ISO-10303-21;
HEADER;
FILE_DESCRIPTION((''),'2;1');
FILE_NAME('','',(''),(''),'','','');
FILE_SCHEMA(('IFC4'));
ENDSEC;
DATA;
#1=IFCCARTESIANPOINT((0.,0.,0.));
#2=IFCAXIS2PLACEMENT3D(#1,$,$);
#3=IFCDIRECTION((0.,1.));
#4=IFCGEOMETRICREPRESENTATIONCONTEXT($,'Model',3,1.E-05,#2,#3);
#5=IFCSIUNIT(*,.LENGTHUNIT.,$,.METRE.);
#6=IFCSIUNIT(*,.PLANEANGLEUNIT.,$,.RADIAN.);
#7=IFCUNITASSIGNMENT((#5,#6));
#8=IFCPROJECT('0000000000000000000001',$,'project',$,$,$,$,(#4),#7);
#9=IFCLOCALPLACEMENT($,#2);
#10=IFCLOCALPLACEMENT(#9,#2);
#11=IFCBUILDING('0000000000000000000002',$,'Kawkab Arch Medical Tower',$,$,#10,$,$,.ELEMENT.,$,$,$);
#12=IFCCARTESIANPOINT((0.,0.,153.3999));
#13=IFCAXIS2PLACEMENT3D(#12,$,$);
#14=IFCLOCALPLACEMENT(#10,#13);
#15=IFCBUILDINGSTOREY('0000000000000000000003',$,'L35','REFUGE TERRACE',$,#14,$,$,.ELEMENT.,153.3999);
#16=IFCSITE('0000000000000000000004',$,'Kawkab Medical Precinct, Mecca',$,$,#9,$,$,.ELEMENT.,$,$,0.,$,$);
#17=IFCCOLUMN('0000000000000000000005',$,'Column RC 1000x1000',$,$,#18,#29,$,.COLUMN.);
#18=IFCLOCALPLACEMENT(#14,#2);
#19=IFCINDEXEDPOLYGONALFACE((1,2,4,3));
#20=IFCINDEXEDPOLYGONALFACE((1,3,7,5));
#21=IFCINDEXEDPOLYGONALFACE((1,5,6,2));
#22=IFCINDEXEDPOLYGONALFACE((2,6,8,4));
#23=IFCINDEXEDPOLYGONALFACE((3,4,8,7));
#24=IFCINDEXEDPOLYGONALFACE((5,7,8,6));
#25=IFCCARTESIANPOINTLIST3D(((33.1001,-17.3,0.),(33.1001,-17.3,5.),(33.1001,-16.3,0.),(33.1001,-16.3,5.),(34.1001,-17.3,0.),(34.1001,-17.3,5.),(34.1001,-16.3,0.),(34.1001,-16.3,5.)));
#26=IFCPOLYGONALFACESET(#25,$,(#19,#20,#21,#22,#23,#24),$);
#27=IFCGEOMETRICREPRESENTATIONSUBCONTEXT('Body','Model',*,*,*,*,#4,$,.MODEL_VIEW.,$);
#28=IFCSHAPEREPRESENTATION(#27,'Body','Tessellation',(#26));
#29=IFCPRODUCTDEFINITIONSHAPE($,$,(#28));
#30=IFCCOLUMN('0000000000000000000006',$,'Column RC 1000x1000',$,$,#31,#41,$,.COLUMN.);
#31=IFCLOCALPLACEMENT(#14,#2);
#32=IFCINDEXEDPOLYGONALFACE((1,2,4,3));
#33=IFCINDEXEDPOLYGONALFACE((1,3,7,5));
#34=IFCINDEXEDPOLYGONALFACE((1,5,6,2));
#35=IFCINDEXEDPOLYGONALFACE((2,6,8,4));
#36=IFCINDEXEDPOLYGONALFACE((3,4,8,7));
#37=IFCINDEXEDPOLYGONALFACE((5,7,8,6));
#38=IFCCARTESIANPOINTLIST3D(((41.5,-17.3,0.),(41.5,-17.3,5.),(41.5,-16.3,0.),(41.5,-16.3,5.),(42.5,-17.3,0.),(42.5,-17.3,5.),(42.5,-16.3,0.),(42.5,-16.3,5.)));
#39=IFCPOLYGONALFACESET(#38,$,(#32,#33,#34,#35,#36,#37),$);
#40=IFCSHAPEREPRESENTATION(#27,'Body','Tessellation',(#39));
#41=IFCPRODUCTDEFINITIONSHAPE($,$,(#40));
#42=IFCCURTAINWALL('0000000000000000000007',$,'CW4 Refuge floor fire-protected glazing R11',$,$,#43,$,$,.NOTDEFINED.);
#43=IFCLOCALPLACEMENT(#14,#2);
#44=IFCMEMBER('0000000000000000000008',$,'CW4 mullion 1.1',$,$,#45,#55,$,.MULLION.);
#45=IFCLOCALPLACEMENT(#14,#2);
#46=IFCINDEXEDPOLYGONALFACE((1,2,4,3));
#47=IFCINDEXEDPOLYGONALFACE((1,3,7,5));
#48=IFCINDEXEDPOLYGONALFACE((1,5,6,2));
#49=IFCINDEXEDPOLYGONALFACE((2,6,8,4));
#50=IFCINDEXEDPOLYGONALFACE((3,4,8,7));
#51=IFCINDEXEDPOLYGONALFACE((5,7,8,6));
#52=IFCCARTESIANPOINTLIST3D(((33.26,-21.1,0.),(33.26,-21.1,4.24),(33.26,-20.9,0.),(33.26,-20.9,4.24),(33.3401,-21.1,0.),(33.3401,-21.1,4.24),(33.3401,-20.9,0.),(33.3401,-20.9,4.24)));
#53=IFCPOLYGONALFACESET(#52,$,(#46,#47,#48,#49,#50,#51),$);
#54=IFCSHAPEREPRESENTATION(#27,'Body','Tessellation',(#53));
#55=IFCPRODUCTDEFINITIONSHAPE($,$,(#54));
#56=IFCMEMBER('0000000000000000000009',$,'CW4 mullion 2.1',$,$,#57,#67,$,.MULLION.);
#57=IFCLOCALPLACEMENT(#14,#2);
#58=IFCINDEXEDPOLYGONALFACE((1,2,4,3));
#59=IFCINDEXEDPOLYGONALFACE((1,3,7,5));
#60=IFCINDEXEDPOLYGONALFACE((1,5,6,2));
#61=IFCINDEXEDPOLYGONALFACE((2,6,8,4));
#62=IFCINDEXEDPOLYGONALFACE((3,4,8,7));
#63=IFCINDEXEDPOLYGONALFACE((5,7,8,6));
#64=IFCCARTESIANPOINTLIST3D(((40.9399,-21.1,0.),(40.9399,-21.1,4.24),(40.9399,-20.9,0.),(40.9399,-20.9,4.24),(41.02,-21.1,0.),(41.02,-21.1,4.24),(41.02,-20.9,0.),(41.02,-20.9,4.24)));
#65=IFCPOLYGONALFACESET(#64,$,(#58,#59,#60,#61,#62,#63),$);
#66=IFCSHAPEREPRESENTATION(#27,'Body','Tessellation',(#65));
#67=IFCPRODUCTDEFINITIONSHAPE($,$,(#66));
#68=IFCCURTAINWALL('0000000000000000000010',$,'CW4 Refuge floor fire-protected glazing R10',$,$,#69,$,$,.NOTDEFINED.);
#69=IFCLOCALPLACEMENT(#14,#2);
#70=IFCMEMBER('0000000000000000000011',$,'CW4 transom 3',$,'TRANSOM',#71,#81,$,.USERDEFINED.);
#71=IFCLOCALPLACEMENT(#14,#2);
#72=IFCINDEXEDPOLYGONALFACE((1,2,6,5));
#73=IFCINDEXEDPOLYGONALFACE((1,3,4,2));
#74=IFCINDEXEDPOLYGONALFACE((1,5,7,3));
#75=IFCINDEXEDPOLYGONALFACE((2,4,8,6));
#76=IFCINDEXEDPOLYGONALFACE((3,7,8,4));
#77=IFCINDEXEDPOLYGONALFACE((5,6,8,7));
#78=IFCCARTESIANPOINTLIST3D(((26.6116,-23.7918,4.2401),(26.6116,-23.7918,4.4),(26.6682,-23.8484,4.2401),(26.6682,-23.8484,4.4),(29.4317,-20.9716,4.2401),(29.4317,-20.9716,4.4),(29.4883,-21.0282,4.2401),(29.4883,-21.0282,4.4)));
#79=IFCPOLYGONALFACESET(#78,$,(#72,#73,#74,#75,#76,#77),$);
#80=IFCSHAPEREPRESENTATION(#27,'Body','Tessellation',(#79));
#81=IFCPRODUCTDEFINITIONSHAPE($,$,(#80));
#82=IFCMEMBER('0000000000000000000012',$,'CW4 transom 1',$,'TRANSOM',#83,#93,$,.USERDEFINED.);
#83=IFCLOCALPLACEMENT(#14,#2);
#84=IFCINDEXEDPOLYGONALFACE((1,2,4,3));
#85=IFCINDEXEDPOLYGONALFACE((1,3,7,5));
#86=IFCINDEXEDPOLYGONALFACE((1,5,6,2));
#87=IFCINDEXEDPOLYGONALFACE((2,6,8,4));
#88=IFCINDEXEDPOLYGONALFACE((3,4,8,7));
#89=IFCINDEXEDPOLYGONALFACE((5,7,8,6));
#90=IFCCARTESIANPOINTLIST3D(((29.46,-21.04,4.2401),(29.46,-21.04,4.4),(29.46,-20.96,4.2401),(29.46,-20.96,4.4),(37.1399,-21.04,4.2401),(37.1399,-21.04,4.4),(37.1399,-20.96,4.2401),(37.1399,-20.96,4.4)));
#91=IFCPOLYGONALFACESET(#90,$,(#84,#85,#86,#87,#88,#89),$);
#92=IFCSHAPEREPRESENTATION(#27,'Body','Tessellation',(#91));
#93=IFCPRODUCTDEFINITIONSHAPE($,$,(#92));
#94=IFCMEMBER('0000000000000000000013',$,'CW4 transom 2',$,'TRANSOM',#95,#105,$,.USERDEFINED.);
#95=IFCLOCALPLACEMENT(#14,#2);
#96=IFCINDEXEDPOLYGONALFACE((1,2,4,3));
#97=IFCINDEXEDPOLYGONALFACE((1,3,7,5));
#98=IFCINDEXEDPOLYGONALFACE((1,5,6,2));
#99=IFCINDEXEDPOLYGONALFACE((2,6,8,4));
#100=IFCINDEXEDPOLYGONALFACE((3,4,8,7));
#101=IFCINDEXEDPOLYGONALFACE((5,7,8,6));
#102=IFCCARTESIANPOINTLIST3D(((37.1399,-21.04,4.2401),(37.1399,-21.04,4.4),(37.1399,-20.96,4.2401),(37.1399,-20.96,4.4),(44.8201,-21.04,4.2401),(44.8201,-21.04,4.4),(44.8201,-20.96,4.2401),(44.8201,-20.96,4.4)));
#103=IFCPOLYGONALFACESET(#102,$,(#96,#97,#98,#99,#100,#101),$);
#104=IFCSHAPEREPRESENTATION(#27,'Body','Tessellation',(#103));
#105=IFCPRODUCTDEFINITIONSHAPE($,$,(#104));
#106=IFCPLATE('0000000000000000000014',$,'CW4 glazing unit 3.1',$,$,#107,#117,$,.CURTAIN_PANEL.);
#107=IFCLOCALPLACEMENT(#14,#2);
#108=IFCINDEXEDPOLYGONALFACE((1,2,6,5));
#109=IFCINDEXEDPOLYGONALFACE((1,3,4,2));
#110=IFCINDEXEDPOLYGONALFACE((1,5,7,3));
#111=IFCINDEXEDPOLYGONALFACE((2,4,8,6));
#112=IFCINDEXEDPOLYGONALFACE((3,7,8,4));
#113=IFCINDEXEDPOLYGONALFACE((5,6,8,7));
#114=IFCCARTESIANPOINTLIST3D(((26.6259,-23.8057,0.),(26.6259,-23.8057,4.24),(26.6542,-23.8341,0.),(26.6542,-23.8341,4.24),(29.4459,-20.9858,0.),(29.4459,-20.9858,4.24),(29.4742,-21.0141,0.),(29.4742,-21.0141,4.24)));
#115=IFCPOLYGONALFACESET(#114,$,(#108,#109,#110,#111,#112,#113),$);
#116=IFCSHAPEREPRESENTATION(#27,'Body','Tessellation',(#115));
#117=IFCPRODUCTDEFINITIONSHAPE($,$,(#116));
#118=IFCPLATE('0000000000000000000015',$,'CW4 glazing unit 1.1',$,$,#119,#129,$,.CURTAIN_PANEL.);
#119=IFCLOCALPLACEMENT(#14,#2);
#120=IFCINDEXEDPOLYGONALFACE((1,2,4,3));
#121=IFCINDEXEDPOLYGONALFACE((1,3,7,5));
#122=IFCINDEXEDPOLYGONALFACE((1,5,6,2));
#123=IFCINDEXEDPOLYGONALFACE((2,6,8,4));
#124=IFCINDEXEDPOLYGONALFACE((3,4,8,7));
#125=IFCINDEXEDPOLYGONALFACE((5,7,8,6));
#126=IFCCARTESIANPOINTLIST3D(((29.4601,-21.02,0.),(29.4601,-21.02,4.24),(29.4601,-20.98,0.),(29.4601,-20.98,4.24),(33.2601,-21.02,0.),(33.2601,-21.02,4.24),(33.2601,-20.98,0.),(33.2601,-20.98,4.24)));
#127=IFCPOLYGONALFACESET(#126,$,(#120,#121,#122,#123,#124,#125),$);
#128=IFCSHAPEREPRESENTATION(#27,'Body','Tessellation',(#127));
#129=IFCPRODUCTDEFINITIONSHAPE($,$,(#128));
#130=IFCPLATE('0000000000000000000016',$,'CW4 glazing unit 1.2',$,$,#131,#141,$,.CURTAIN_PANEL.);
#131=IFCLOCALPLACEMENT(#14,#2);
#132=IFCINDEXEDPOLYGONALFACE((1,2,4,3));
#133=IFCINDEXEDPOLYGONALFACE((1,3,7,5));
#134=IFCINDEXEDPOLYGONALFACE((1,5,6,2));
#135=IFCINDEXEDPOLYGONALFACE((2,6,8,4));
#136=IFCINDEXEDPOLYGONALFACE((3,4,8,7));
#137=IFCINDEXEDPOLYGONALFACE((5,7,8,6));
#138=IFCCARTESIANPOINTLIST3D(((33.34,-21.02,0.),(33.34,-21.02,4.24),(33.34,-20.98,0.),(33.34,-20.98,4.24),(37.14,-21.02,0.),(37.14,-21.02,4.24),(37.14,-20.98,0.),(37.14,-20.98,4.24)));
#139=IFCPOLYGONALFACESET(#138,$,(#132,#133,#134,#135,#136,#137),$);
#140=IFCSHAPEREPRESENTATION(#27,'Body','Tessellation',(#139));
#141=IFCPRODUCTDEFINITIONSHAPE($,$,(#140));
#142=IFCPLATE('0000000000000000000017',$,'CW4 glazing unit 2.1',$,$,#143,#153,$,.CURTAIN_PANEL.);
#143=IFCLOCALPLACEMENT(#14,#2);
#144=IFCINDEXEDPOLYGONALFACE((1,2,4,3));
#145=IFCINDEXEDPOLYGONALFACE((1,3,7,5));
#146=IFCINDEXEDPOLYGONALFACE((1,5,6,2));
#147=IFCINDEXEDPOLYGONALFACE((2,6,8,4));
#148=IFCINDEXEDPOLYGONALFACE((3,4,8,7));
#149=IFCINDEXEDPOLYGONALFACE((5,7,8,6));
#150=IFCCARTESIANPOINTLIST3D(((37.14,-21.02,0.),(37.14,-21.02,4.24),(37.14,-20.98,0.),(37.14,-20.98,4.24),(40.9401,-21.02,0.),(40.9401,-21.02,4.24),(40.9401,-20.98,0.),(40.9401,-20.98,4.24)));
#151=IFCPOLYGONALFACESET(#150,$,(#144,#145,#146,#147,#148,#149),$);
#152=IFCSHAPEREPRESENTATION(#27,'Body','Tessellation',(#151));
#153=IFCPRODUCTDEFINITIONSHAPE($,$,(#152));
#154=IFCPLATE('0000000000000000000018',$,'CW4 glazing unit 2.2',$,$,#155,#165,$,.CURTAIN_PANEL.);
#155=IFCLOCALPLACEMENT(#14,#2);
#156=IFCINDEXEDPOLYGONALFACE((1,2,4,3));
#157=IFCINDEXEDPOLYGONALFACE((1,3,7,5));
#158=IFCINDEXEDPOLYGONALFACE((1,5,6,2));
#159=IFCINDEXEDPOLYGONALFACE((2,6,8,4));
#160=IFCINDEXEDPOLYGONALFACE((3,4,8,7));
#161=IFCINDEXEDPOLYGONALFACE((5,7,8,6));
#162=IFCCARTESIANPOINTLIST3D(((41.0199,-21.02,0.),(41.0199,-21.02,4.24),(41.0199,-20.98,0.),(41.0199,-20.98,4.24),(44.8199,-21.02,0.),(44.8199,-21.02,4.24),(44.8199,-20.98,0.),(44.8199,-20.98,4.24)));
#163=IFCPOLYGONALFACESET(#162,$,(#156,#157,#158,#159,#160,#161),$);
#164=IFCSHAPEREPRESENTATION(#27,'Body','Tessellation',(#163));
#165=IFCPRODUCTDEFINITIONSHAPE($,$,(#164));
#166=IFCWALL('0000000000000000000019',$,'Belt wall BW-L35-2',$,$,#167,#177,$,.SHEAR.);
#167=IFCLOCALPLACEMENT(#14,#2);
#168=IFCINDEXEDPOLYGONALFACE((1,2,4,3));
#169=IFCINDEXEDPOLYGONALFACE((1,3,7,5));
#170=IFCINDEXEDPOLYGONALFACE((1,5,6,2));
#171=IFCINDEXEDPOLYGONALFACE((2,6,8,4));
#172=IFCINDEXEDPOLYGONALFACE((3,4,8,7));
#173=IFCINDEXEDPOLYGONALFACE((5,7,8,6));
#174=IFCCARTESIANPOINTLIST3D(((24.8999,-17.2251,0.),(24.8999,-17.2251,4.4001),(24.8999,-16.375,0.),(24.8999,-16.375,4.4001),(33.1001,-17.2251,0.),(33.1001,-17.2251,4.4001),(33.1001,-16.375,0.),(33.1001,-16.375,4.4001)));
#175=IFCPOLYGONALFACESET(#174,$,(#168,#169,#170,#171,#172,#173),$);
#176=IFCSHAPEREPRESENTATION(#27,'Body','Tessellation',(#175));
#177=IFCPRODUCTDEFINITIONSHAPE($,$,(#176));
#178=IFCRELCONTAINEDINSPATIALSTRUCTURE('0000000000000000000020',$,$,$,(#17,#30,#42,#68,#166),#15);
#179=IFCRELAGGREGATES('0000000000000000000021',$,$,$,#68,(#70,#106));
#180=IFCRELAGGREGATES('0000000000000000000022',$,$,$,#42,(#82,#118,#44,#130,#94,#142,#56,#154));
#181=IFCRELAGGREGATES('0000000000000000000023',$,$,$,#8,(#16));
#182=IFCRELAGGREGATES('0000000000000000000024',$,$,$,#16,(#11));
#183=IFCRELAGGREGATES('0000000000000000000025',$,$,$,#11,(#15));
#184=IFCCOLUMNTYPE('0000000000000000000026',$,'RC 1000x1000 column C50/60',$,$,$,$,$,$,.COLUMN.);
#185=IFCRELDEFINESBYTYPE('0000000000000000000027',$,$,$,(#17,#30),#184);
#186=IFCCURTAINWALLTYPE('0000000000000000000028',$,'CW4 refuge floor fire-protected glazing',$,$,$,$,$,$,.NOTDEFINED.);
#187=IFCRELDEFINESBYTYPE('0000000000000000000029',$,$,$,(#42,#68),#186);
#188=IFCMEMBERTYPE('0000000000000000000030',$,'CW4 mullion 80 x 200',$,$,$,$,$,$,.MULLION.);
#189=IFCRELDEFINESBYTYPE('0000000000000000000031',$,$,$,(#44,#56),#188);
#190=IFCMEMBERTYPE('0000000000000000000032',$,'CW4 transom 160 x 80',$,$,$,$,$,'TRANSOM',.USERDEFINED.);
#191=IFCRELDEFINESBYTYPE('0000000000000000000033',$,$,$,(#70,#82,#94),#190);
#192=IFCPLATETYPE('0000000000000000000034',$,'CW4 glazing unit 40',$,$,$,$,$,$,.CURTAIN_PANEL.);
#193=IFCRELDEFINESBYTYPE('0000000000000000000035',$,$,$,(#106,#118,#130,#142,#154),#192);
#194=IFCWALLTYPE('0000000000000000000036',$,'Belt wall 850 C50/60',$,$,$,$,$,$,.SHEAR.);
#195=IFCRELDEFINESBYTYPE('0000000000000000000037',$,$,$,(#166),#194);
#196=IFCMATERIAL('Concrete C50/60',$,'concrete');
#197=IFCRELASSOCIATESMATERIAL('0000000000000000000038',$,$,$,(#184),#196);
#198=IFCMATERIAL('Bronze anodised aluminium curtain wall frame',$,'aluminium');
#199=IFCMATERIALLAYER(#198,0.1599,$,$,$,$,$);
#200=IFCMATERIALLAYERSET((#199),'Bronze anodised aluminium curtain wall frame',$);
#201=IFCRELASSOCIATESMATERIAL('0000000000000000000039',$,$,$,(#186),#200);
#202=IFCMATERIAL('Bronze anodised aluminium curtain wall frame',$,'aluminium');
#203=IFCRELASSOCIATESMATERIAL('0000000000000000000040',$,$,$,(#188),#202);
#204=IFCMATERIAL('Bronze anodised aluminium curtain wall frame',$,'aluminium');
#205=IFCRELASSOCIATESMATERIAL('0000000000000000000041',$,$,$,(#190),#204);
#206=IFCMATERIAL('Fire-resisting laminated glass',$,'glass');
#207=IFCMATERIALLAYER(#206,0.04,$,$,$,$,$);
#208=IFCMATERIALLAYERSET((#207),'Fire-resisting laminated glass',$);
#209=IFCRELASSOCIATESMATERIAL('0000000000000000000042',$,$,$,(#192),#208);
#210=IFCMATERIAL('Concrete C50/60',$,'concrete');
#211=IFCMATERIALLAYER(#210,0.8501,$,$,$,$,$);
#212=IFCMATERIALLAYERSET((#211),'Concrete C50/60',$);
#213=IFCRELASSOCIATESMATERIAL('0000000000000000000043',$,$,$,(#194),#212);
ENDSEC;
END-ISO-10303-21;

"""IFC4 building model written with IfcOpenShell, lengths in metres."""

from ifc_helpers import new_model, si_unit, direction, frame, frame_2d, origin, origin_2d, place, context, subcontext, project, spatial, rectangle, extrude, material, layer, layer_set, material_profile, profile_set, type_object, element, aggregate, save


model = new_model("IFC4")

# Units and contexts
model_context = context("Model", 3, precision=1e-05, world=origin(), true_north=direction((0.0, 1.0)))
body_context = subcontext(model_context, "Body", "Model", "MODEL_VIEW")
ifc_project = project(units=[si_unit("LENGTHUNIT", "METRE"), si_unit("PLANEANGLEUNIT", "RADIAN")], contexts=[model_context])

# Site, building, storey
site_placement = place(None, origin())
site = spatial("IfcSite", under=ifc_project, at=site_placement, Name="Kawkab Medical Precinct, Mecca", CompositionType="ELEMENT", RefElevation=0.0)
building_placement = place(site_placement, origin())
building = spatial("IfcBuilding", under=site, at=building_placement, Name="Kawkab Arch Medical Tower", CompositionType="ELEMENT")
storey_placement = place(building_placement, frame((0.0, 0.0, 153.3999)))
storey = spatial("IfcBuildingStorey", under=building, at=storey_placement, Name="L35", Description="REFUGE TERRACE", CompositionType="ELEMENT", Elevation=153.3999)

# Columns
ifc_material_1 = material(Name="Concrete C50/60", Category="concrete")
ifc_material_profile_1 = material_profile(ifc_material_1, rectangle(XDim=1.0, YDim=1.0, at=origin_2d()), Name="RC 1000x1000")
ifc_profile_set_1 = profile_set([ifc_material_profile_1], Name="Concrete C50/60")
column_type = type_object("IfcColumnType", Name="RC 1000x1000 column C50/60", PredefinedType="COLUMN", material=ifc_profile_set_1)
for number, where, z_axis, x_axis, name in (
    (1, (33.6001, -16.8, 0.0), (0.0, 0.0, 1.0), (1.0, 0.0, 0.0), "Column RC 1000x1000"),
    (2, (42.0, -16.8, 0.0), (0.0, 0.0, 1.0), (1.0, 0.0, 0.0), "Column RC 1000x1000"),
):
    element("IfcColumn", number, at=place(storey_placement, frame(where, z_axis=z_axis, x_axis=x_axis)), inside=storey, type_object=column_type, Name=name, PredefinedType="COLUMN", context=body_context, shape_type="SweptSolid", body=[
        extrude(rectangle(XDim=1.0, YDim=1.0, at=origin_2d()), origin(), (0.0, 0.0, 1.0), 5.0),
    ])

# Curtain wall, members
ifc_material_2 = material(Name="Bronze anodised aluminium curtain wall frame", Category="aluminium")
ifc_layer_1 = layer(ifc_material_2, 0.1599)
ifc_layer_set_1 = layer_set([ifc_layer_1], Name="Bronze anodised aluminium curtain wall frame")
curtain_wall_type = type_object("IfcCurtainWallType", Name="CW4 refuge floor fire-protected glazing", PredefinedType="NOTDEFINED", material=ifc_layer_set_1)
placement = place(storey_placement, origin())
curtain_wall_1 = element("IfcCurtainWall", 3, at=placement, inside=storey, type_object=curtain_wall_type, Name="CW4 Refuge floor fire-protected glazing R11", PredefinedType="NOTDEFINED")
ifc_material_3 = material(Name="Bronze anodised aluminium curtain wall frame", Category="aluminium")
ifc_material_profile_2 = material_profile(ifc_material_3, rectangle(XDim=0.2, YDim=0.0801, at=origin_2d()), Name="AL 80x200")
ifc_profile_set_2 = profile_set([ifc_material_profile_2], Name="Bronze anodised aluminium curtain wall frame")
member_type_1 = type_object("IfcMemberType", Name="CW4 mullion 80 x 200", PredefinedType="MULLION", material=ifc_profile_set_2)
member_1_placement = place(storey_placement, frame((33.3, -21.0, 0.0), z_axis=(0.0, 0.0, 1.0), x_axis=(0.0, 1.0, 0.0)))
member_1 = element("IfcMember", 4, at=member_1_placement, type_object=member_type_1, Name="CW4 mullion 1.1", PredefinedType="MULLION", context=body_context, shape_type="SweptSolid", body=[
    extrude(rectangle(XDim=0.2, YDim=0.0801, at=origin_2d()), origin(), (0.0, 0.0, 1.0), 4.24),
])
member_2_placement = place(storey_placement, frame((40.98, -21.0, 0.0), z_axis=(0.0, 0.0, 1.0), x_axis=(0.0, 1.0, 0.0)))
member_2 = element("IfcMember", 5, at=member_2_placement, type_object=member_type_1, Name="CW4 mullion 2.1", PredefinedType="MULLION", context=body_context, shape_type="SweptSolid", body=[
    extrude(rectangle(XDim=0.2, YDim=0.0801, at=origin_2d()), origin(), (0.0, 0.0, 1.0), 4.24),
])

# Curtain wall, member
curtain_wall_2 = element("IfcCurtainWall", 6, at=placement, inside=storey, type_object=curtain_wall_type, Name="CW4 Refuge floor fire-protected glazing R10", PredefinedType="NOTDEFINED")
ifc_material_4 = material(Name="Bronze anodised aluminium curtain wall frame", Category="aluminium")
ifc_material_profile_3 = material_profile(ifc_material_4, rectangle(XDim=0.0801, YDim=0.1599, at=origin_2d()), Name="AL 80x160")
ifc_profile_set_3 = profile_set([ifc_material_profile_3], Name="Bronze anodised aluminium curtain wall frame")
member_type_2 = type_object("IfcMemberType", Name="CW4 transom 160 x 80", ElementType="TRANSOM", PredefinedType="USERDEFINED", material=ifc_profile_set_3)
member_3_placement = place(storey_placement, frame((26.6399, -23.8201, 4.3201), z_axis=(0.707107, 0.707107, 0.0), x_axis=(-0.707107, 0.707107, 0.0)))
member_3 = element("IfcMember", 7, at=member_3_placement, type_object=member_type_2, Name="CW4 transom 3", ObjectType="TRANSOM", PredefinedType="USERDEFINED", context=body_context, shape_type="SweptSolid", body=[
    extrude(rectangle(XDim=0.0801, YDim=0.1599, at=origin_2d()), origin(), (0.0, 0.0, 1.0), 3.9883),
])

# Members
member_4_placement = place(storey_placement, frame((29.46, -21.0, 4.3201), z_axis=(1.0, 0.0, 0.0), x_axis=(0.0, 1.0, 0.0)))
member_4 = element("IfcMember", 8, at=member_4_placement, type_object=member_type_2, Name="CW4 transom 1", ObjectType="TRANSOM", PredefinedType="USERDEFINED", context=body_context, shape_type="SweptSolid", body=[
    extrude(rectangle(XDim=0.0801, YDim=0.1599, at=origin_2d()), origin(), (0.0, 0.0, 1.0), 7.6799),
])
member_5_placement = place(storey_placement, frame((37.1399, -21.0, 4.3201), z_axis=(1.0, 0.0, 0.0), x_axis=(0.0, 1.0, 0.0)))
member_5 = element("IfcMember", 9, at=member_5_placement, type_object=member_type_2, Name="CW4 transom 2", ObjectType="TRANSOM", PredefinedType="USERDEFINED", context=body_context, shape_type="SweptSolid", body=[
    extrude(rectangle(XDim=0.0801, YDim=0.1599, at=origin_2d()), origin(), (0.0, 0.0, 1.0), 7.6802),
])

# Plates
ifc_material_5 = material(Name="Fire-resisting laminated glass", Category="glass")
ifc_layer_2 = layer(ifc_material_5, 0.04)
ifc_layer_set_2 = layer_set([ifc_layer_2], Name="Fire-resisting laminated glass")
plate_type = type_object("IfcPlateType", Name="CW4 glazing unit 40", PredefinedType="CURTAIN_PANEL", material=ifc_layer_set_2)
plate_1_placement = place(storey_placement, frame((28.05, -22.4099, 0.0), z_axis=(0.0, 0.0, 1.0), x_axis=(0.707107, 0.707107, 0.0)))
plate_1 = element("IfcPlate", 10, at=plate_1_placement, type_object=plate_type, Name="CW4 glazing unit 3.1", PredefinedType="CURTAIN_PANEL", context=body_context, shape_type="SweptSolid", body=[
    extrude(rectangle(XDim=3.988, YDim=0.04, at=origin_2d()), origin(), (0.0, 0.0, 1.0), 4.24),
])
aggregate(curtain_wall_2, [member_3, plate_1])
plate_2_placement = place(storey_placement, frame((31.3601, -21.0, 0.0), z_axis=(0.0, 0.0, 1.0), x_axis=(1.0, 0.0, 0.0)))
plate_2 = element("IfcPlate", 11, at=plate_2_placement, type_object=plate_type, Name="CW4 glazing unit 1.1", PredefinedType="CURTAIN_PANEL", context=body_context, shape_type="SweptSolid", body=[
    extrude(rectangle(XDim=3.8, YDim=0.04, at=origin_2d()), origin(), (0.0, 0.0, 1.0), 4.24),
])
plate_3_placement = place(storey_placement, frame((35.24, -21.0, 0.0), z_axis=(0.0, 0.0, 1.0), x_axis=(1.0, 0.0, 0.0)))
plate_3 = element("IfcPlate", 12, at=plate_3_placement, type_object=plate_type, Name="CW4 glazing unit 1.2", PredefinedType="CURTAIN_PANEL", context=body_context, shape_type="SweptSolid", body=[
    extrude(rectangle(XDim=3.8, YDim=0.04, at=origin_2d()), origin(), (0.0, 0.0, 1.0), 4.24),
])
plate_4_placement = place(storey_placement, frame((39.04, -21.0, 0.0), z_axis=(0.0, 0.0, 1.0), x_axis=(1.0, 0.0, 0.0)))
plate_4 = element("IfcPlate", 13, at=plate_4_placement, type_object=plate_type, Name="CW4 glazing unit 2.1", PredefinedType="CURTAIN_PANEL", context=body_context, shape_type="SweptSolid", body=[
    extrude(rectangle(XDim=3.8, YDim=0.04, at=origin_2d()), origin(), (0.0, 0.0, 1.0), 4.24),
])
plate_5_placement = place(storey_placement, frame((42.9199, -21.0, 0.0), z_axis=(0.0, 0.0, 1.0), x_axis=(1.0, 0.0, 0.0)))
plate_5 = element("IfcPlate", 14, at=plate_5_placement, type_object=plate_type, Name="CW4 glazing unit 2.2", PredefinedType="CURTAIN_PANEL", context=body_context, shape_type="SweptSolid", body=[
    extrude(rectangle(XDim=3.8, YDim=0.04, at=origin_2d()), origin(), (0.0, 0.0, 1.0), 4.24),
])
aggregate(curtain_wall_1, [member_4, plate_2, member_1, plate_3, member_5, plate_4, member_2, plate_5])

# Wall
ifc_material_6 = material(Name="Concrete C50/60", Category="concrete")
ifc_layer_3 = layer(ifc_material_6, 0.8501)
ifc_layer_set_3 = layer_set([ifc_layer_3], Name="Concrete C50/60")
wall_type_1 = type_object("IfcWallType", Name="Belt wall 850 C50/60", PredefinedType="SHEAR", material=ifc_layer_set_3)
wall_1_placement = place(storey_placement, frame((24.8999, -16.8, 0.0), z_axis=(0.0, 0.0, 1.0), x_axis=(1.0, 0.0, 0.0)))
element("IfcWall", 15, at=wall_1_placement, inside=storey, type_object=wall_type_1, Name="Belt wall BW-L35-2", PredefinedType="SHEAR", context=body_context, shape_type="SweptSolid", body=[
    extrude(rectangle(XDim=8.2002, YDim=0.8501, at=frame_2d((4.1001, 0.0))), origin(), (0.0, 0.0, 1.0), 4.4001),
])

save(model, "model.ifc")
